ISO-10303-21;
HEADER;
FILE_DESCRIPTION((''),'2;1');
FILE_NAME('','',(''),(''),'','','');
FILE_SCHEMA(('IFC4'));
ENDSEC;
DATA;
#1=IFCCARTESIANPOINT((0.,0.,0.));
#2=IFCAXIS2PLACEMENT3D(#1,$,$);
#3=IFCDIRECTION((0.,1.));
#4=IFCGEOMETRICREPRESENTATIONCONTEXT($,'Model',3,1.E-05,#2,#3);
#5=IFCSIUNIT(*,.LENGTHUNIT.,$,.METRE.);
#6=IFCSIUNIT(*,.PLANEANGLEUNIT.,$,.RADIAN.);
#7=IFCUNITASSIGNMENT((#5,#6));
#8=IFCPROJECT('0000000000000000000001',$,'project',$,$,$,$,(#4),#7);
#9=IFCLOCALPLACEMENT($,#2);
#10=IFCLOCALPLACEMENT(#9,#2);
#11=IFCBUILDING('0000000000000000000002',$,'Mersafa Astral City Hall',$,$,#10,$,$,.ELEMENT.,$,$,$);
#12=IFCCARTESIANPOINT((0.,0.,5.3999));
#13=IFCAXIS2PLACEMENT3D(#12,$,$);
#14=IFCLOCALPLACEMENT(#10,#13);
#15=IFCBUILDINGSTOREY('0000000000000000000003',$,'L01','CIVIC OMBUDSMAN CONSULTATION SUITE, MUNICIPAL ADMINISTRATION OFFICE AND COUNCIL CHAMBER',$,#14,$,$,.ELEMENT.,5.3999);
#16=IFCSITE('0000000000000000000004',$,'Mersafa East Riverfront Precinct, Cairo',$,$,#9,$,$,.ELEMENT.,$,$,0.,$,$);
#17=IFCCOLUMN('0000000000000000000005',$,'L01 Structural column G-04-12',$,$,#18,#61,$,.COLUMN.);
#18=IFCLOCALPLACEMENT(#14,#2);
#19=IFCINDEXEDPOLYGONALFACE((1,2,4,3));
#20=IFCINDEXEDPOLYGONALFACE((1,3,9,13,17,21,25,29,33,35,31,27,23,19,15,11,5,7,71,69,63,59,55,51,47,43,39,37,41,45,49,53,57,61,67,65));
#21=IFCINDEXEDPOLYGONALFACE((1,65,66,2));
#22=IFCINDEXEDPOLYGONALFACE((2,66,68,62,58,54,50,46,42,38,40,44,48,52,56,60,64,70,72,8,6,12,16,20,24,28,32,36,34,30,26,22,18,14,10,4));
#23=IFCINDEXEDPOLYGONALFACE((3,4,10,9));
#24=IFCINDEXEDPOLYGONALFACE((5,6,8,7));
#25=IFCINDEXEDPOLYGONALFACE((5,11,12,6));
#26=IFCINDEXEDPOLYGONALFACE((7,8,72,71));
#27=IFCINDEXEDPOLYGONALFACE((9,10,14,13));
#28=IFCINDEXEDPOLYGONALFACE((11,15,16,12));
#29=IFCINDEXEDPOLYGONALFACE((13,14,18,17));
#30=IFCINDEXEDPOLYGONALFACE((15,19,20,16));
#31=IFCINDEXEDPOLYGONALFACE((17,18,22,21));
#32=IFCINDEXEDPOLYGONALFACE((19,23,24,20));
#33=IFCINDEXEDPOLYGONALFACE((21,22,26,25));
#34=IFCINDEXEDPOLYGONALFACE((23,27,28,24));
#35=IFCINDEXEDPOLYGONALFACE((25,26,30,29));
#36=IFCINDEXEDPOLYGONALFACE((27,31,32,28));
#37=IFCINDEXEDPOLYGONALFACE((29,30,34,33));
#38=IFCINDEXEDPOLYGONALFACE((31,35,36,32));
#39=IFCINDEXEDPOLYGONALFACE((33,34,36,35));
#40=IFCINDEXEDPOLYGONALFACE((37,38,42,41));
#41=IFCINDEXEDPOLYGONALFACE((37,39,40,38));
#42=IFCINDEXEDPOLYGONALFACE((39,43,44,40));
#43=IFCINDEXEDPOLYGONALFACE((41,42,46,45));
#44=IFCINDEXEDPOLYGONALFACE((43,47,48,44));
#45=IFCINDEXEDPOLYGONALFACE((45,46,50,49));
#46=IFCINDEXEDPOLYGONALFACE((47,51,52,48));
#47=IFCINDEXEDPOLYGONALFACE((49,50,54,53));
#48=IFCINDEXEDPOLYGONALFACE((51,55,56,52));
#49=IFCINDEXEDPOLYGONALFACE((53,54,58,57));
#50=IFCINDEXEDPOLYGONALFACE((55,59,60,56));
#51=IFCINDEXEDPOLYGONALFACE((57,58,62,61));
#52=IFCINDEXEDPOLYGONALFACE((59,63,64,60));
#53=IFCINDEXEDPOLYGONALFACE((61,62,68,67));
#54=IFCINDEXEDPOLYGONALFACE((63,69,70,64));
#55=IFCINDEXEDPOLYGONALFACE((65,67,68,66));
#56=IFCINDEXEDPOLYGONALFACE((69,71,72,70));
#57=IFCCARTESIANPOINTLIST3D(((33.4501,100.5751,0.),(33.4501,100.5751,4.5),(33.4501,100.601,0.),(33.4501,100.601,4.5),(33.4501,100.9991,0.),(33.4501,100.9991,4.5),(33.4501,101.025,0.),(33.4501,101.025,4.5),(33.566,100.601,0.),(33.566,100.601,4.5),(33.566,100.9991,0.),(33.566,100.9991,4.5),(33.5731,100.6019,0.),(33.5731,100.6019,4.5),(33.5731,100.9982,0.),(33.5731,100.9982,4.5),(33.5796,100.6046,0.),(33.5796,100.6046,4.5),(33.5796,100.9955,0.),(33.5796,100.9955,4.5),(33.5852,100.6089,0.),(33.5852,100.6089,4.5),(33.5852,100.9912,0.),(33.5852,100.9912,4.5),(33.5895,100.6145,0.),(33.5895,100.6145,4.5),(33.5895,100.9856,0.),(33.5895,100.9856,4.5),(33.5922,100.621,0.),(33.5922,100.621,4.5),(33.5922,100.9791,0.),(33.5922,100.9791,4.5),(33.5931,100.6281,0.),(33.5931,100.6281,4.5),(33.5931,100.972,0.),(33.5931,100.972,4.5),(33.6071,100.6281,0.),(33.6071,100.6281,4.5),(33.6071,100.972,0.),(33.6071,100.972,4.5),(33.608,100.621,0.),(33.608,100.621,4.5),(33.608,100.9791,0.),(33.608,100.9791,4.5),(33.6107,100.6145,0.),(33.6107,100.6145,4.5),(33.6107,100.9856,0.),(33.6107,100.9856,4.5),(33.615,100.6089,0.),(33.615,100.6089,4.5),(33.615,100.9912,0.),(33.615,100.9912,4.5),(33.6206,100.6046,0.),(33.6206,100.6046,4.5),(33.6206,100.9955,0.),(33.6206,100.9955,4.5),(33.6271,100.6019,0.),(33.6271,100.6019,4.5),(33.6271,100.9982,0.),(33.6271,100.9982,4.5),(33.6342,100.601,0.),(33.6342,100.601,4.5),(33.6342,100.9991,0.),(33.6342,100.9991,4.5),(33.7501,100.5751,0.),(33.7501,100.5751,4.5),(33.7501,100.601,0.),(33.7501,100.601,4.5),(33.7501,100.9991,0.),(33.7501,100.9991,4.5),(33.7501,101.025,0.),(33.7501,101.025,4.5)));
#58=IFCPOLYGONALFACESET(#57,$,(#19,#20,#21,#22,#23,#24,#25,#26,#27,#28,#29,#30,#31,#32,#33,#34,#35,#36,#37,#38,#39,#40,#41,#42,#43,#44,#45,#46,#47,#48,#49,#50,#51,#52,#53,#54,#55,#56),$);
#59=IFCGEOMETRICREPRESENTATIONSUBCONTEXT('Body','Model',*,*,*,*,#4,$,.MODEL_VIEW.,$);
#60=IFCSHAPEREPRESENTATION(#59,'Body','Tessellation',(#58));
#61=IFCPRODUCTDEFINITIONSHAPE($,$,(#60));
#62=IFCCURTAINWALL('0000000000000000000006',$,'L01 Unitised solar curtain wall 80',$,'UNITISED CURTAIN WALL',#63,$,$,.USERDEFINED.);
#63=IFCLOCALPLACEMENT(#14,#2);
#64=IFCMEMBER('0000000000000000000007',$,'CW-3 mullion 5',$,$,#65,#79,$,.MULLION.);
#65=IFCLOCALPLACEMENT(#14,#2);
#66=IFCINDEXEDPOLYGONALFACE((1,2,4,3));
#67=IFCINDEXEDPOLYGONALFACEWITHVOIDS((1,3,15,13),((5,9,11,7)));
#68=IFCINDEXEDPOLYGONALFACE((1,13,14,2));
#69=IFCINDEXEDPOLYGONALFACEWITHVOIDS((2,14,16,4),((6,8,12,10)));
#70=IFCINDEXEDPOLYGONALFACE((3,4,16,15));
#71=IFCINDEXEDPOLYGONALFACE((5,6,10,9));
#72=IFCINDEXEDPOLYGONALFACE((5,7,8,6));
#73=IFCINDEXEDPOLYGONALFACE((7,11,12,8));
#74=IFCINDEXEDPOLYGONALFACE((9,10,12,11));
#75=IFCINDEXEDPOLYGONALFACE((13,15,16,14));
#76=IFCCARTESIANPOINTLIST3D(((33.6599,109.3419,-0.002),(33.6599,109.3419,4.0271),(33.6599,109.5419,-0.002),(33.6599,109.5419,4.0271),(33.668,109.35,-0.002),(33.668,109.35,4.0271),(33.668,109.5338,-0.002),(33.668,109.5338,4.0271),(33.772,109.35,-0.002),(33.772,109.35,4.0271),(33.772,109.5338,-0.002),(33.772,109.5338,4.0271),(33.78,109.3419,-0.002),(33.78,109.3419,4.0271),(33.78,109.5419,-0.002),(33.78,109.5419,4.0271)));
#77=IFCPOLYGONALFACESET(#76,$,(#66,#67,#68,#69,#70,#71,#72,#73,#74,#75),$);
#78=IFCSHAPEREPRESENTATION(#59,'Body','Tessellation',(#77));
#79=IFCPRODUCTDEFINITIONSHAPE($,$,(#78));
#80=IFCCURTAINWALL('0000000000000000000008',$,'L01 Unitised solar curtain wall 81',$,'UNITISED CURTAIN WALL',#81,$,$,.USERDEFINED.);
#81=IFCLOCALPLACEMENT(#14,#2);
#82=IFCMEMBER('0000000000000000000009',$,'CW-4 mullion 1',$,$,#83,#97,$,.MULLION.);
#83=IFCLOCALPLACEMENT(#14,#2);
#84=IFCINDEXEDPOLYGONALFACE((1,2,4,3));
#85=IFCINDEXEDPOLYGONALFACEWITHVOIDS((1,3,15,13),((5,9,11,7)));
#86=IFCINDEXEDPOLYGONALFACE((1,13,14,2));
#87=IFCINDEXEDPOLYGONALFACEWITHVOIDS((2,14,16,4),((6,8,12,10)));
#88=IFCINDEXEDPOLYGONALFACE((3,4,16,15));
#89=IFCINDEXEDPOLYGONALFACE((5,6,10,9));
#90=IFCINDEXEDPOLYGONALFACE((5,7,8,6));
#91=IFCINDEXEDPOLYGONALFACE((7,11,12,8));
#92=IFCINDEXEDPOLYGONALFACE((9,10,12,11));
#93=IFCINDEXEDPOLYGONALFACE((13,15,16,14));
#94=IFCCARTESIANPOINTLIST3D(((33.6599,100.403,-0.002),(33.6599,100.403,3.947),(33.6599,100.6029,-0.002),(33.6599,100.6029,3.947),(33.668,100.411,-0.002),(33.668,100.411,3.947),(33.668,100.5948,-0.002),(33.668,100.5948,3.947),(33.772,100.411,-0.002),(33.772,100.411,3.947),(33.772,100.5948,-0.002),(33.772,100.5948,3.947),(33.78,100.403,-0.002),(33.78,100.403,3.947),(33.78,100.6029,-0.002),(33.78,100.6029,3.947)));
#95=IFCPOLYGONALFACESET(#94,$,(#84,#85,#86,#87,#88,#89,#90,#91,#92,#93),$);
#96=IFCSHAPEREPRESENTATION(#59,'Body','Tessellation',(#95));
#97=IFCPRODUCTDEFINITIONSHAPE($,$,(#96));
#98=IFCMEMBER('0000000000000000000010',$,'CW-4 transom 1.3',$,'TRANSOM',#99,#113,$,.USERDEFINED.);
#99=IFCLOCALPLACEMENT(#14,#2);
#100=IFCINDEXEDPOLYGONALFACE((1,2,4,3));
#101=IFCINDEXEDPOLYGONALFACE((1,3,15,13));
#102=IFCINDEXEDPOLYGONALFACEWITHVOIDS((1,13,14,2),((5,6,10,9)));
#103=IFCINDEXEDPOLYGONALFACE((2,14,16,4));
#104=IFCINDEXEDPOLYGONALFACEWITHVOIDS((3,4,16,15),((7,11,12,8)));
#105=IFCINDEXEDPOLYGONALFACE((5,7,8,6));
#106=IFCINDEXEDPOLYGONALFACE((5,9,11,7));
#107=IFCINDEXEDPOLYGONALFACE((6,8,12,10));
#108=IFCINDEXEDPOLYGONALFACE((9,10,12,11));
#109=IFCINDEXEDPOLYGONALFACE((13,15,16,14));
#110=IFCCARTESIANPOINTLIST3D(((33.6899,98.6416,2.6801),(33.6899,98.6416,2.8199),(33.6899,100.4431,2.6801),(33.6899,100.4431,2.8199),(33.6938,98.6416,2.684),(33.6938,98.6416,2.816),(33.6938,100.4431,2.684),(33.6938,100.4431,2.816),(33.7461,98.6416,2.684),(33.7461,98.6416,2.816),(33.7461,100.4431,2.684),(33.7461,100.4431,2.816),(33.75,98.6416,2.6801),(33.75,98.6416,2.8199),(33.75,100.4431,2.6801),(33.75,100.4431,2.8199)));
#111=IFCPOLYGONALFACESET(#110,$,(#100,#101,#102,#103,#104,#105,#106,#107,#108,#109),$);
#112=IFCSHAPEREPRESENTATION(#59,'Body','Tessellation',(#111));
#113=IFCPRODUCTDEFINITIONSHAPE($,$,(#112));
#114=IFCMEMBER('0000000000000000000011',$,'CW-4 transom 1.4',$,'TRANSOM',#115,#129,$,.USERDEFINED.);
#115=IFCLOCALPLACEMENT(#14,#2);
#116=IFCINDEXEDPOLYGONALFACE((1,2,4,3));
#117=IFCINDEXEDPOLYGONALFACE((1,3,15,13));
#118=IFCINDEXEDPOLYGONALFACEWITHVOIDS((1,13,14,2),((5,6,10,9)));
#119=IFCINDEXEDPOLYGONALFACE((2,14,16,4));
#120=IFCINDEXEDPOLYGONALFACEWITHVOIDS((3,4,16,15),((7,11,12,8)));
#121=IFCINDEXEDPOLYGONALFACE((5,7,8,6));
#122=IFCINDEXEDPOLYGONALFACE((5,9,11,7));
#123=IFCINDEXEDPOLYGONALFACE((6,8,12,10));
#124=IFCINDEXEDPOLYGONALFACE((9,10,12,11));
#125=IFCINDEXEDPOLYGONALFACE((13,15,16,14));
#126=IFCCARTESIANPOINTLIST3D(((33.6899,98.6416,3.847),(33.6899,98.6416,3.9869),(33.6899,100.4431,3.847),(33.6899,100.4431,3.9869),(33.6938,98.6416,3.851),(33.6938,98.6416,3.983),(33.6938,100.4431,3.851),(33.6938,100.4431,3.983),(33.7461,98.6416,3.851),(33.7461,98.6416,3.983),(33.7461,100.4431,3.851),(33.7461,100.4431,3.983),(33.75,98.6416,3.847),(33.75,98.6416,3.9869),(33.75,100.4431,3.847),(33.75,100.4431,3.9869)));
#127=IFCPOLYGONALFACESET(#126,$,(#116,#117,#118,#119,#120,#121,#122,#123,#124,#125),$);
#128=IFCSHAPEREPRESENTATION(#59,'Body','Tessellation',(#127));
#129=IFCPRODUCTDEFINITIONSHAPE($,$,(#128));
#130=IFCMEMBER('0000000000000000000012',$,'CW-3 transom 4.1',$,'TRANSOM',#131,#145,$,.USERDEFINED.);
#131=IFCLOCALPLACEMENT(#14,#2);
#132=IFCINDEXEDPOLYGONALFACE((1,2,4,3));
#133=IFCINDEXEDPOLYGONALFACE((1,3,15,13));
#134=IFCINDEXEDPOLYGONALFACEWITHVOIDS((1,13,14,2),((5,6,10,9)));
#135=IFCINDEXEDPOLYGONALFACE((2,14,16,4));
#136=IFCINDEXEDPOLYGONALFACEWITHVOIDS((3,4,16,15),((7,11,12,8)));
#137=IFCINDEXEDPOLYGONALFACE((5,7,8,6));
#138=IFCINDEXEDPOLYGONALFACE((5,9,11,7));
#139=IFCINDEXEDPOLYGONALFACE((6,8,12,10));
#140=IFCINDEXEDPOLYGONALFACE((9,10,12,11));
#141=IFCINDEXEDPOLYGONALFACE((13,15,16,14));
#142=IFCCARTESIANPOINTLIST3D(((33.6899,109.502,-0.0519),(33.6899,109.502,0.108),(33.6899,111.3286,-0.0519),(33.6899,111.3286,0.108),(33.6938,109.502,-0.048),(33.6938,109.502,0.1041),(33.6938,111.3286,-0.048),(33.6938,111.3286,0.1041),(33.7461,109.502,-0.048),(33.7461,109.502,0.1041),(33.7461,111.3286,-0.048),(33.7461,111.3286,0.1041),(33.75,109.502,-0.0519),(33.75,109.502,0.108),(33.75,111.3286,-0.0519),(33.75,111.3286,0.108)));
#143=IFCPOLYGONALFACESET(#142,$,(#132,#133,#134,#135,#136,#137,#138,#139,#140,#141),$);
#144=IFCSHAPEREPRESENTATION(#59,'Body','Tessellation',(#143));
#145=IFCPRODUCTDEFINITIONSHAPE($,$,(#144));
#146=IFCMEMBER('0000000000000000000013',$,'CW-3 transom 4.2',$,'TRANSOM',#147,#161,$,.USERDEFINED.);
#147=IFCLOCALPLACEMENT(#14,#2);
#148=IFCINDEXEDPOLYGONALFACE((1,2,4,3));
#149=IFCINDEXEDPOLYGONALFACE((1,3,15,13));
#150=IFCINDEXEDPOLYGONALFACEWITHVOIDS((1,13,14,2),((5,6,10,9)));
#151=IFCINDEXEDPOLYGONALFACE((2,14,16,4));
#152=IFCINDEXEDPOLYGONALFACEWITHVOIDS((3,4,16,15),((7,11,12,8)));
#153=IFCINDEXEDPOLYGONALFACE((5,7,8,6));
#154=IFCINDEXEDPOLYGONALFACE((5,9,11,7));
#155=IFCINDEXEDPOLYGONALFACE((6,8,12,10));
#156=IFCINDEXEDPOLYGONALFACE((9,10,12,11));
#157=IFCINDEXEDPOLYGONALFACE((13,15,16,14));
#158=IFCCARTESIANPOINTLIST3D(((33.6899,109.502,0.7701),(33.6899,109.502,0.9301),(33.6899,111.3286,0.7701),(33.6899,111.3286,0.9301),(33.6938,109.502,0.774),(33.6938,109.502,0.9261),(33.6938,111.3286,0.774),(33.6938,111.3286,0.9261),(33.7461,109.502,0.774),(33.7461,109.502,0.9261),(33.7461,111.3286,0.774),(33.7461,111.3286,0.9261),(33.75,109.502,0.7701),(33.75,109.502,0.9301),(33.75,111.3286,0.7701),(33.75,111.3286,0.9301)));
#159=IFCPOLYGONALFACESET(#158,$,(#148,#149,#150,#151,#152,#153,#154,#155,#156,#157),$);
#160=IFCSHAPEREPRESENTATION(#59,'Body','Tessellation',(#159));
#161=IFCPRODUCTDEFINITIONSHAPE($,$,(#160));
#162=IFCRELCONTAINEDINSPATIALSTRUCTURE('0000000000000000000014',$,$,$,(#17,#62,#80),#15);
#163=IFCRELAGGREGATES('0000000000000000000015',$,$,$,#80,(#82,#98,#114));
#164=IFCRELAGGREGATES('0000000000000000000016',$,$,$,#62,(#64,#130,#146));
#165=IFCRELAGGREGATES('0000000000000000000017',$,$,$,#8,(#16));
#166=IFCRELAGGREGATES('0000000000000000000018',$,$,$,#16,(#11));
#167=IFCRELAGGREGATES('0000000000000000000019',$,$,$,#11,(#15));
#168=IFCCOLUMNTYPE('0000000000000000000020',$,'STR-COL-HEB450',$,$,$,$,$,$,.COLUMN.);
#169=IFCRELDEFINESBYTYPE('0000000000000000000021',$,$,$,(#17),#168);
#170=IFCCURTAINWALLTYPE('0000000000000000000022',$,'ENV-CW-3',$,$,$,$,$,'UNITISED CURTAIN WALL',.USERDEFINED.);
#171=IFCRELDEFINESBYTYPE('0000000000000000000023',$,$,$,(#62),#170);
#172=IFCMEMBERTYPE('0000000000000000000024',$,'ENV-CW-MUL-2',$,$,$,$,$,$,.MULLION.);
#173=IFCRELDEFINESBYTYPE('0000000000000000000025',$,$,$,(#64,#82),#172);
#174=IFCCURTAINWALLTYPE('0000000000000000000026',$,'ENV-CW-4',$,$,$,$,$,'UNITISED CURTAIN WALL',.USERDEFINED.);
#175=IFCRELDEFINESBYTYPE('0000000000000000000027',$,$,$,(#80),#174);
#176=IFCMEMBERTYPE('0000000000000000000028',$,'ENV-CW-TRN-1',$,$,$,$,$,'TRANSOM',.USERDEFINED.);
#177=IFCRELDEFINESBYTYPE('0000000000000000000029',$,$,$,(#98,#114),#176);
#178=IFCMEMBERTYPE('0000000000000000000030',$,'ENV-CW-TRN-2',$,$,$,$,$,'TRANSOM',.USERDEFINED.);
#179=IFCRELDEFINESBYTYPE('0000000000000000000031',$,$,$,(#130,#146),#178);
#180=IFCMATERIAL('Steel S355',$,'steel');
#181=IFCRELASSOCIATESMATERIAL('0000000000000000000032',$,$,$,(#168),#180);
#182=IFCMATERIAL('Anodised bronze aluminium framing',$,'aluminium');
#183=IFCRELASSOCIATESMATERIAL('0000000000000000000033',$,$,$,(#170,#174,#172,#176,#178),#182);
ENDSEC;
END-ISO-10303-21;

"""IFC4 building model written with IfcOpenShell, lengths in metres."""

from ifc_helpers import new_model, si_unit, direction, frame, origin, origin_2d, place, context, subcontext, project, spatial, hollow_rectangle, i_section, extrude, material, material_profile, profile_set, type_object, element, aggregate, save


model = new_model("IFC4")

# Units and contexts
model_context = context("Model", 3, precision=1e-05, world=origin(), true_north=direction((0.0, 1.0)))
body_context = subcontext(model_context, "Body", "Model", "MODEL_VIEW")
ifc_project = project(units=[si_unit("LENGTHUNIT", "METRE"), si_unit("PLANEANGLEUNIT", "RADIAN")], contexts=[model_context])

# Site, building, storey
site_placement = place(None, origin())
site = spatial("IfcSite", under=ifc_project, at=site_placement, Name="Mersafa East Riverfront Precinct, Cairo", CompositionType="ELEMENT", RefElevation=0.0)
building_placement = place(site_placement, origin())
building = spatial("IfcBuilding", under=site, at=building_placement, Name="Mersafa Astral City Hall", CompositionType="ELEMENT")
storey_placement = place(building_placement, frame((0.0, 0.0, 5.3999)))
storey = spatial("IfcBuildingStorey", under=building, at=storey_placement, Name="L01", Description="CIVIC OMBUDSMAN CONSULTATION SUITE, MUNICIPAL ADMINISTRATION OFFICE AND COUNCIL CHAMBER", CompositionType="ELEMENT", Elevation=5.3999)

# Column
ifc_material_1 = material(Name="Steel S355", Category="steel")
ifc_material_profile_1 = material_profile(ifc_material_1, i_section(OverallWidth=0.3, OverallDepth=0.45, WebThickness=0.0139, FlangeThickness=0.0259, FilletRadius=0.0271, at=origin_2d()), Name="HEB 450")
ifc_profile_set_1 = profile_set([ifc_material_profile_1], Name="Steel S355")
column_type_1 = type_object("IfcColumnType", Name="STR-COL-HEB450", PredefinedType="COLUMN", material=ifc_profile_set_1)
for number, where, z_axis, x_axis, name in (
    (1, (33.6001, 100.8, 0.0), (0.0, 0.0, 1.0), (1.0, 0.0, 0.0), "L01 Structural column G-04-12"),
):
    element("IfcColumn", number, at=place(storey_placement, frame(where, z_axis=z_axis, x_axis=x_axis)), inside=storey, type_object=column_type_1, Name=name, PredefinedType="COLUMN", context=body_context, shape_type="SweptSolid", body=[
        extrude(i_section(OverallWidth=0.3, OverallDepth=0.45, WebThickness=0.0139, FlangeThickness=0.0259, FilletRadius=0.0271, at=origin_2d()), origin(), (0.0, 0.0, 1.0), 4.5),
    ])

# Curtain wall, member
ifc_material_2 = material(Name="Anodised bronze aluminium framing", Category="aluminium")
curtain_wall_type_1 = type_object("IfcCurtainWallType", Name="ENV-CW-3", ElementType="UNITISED CURTAIN WALL", PredefinedType="USERDEFINED", material=ifc_material_2)
curtain_wall_1_placement = place(storey_placement, origin())
curtain_wall_1 = element("IfcCurtainWall", 2, at=curtain_wall_1_placement, inside=storey, type_object=curtain_wall_type_1, Name="L01 Unitised solar curtain wall 80", ObjectType="UNITISED CURTAIN WALL", PredefinedType="USERDEFINED")
ifc_material_profile_2 = material_profile(ifc_material_2, hollow_rectangle(XDim=0.1201, YDim=0.2, WallThickness=0.0081, at=origin_2d()), Name="RHS 120x200x8")
ifc_profile_set_2 = profile_set([ifc_material_profile_2], Name="Anodised bronze aluminium framing")
member_type_1 = type_object("IfcMemberType", Name="ENV-CW-MUL-2", PredefinedType="MULLION", material=ifc_profile_set_2)
member_1_placement = place(storey_placement, frame((33.72, 109.4419, -0.002), z_axis=(0.0, 0.0, 1.0), x_axis=(1.0, 0.0, 0.0)))
member_1 = element("IfcMember", 3, at=member_1_placement, type_object=member_type_1, Name="CW-3 mullion 5", PredefinedType="MULLION", context=body_context, shape_type="SweptSolid", body=[
    extrude(hollow_rectangle(XDim=0.1201, YDim=0.2, WallThickness=0.0081, at=origin_2d()), origin(), (0.0, 0.0, 1.0), 4.0291),
])

# Curtain wall, members
curtain_wall_type_2 = type_object("IfcCurtainWallType", Name="ENV-CW-4", ElementType="UNITISED CURTAIN WALL", PredefinedType="USERDEFINED", material=ifc_material_2)
curtain_wall_2_placement = place(storey_placement, origin())
curtain_wall_2 = element("IfcCurtainWall", 4, at=curtain_wall_2_placement, inside=storey, type_object=curtain_wall_type_2, Name="L01 Unitised solar curtain wall 81", ObjectType="UNITISED CURTAIN WALL", PredefinedType="USERDEFINED")
member_2_placement = place(storey_placement, frame((33.72, 100.5029, -0.002), z_axis=(0.0, 0.0, 1.0), x_axis=(1.0, 0.0, 0.0)))
member_2 = element("IfcMember", 5, at=member_2_placement, type_object=member_type_1, Name="CW-4 mullion 1", PredefinedType="MULLION", context=body_context, shape_type="SweptSolid", body=[
    extrude(hollow_rectangle(XDim=0.1201, YDim=0.2, WallThickness=0.0081, at=origin_2d()), origin(), (0.0, 0.0, 1.0), 3.949),
])
ifc_material_profile_3 = material_profile(ifc_material_2, hollow_rectangle(XDim=0.0601, YDim=0.1399, WallThickness=0.0039, at=origin_2d()), Name="RHS 60x140x4")
ifc_profile_set_3 = profile_set([ifc_material_profile_3], Name="Anodised bronze aluminium framing")
member_type_2 = type_object("IfcMemberType", Name="ENV-CW-TRN-1", ElementType="TRANSOM", PredefinedType="USERDEFINED", material=ifc_profile_set_3)
member_3_placement = place(storey_placement, frame((33.72, 100.4431, 2.75), z_axis=(0.0, -1.0, 0.0), x_axis=(1.0, 0.0, 0.0)))
member_3 = element("IfcMember", 6, at=member_3_placement, type_object=member_type_2, Name="CW-4 transom 1.3", ObjectType="TRANSOM", PredefinedType="USERDEFINED", context=body_context, shape_type="SweptSolid", body=[
    extrude(hollow_rectangle(XDim=0.0601, YDim=0.1399, WallThickness=0.0039, at=origin_2d()), origin(), (0.0, 0.0, 1.0), 1.8015),
])
member_4_placement = place(storey_placement, frame((33.72, 100.4431, 3.917), z_axis=(0.0, -1.0, 0.0), x_axis=(1.0, 0.0, 0.0)))
member_4 = element("IfcMember", 7, at=member_4_placement, type_object=member_type_2, Name="CW-4 transom 1.4", ObjectType="TRANSOM", PredefinedType="USERDEFINED", context=body_context, shape_type="SweptSolid", body=[
    extrude(hollow_rectangle(XDim=0.0601, YDim=0.1399, WallThickness=0.0039, at=origin_2d()), origin(), (0.0, 0.0, 1.0), 1.8015),
])
aggregate(curtain_wall_2, [member_2, member_3, member_4])

# Members
ifc_material_profile_4 = material_profile(ifc_material_2, hollow_rectangle(XDim=0.0601, YDim=0.1599, WallThickness=0.0039, at=origin_2d()), Name="RHS 60x160x4")
ifc_profile_set_4 = profile_set([ifc_material_profile_4], Name="Anodised bronze aluminium framing")
member_type_3 = type_object("IfcMemberType", Name="ENV-CW-TRN-2", ElementType="TRANSOM", PredefinedType="USERDEFINED", material=ifc_profile_set_4)
member_5_placement = place(storey_placement, frame((33.72, 111.3286, 0.0281), z_axis=(0.0, -1.0, 0.0), x_axis=(1.0, 0.0, 0.0)))
member_5 = element("IfcMember", 8, at=member_5_placement, type_object=member_type_3, Name="CW-3 transom 4.1", ObjectType="TRANSOM", PredefinedType="USERDEFINED", context=body_context, shape_type="SweptSolid", body=[
    extrude(hollow_rectangle(XDim=0.0601, YDim=0.1599, WallThickness=0.0039, at=origin_2d()), origin(), (0.0, 0.0, 1.0), 1.8267),
])
member_6_placement = place(storey_placement, frame((33.72, 111.3286, 0.8501), z_axis=(0.0, -1.0, 0.0), x_axis=(1.0, 0.0, 0.0)))
member_6 = element("IfcMember", 9, at=member_6_placement, type_object=member_type_3, Name="CW-3 transom 4.2", ObjectType="TRANSOM", PredefinedType="USERDEFINED", context=body_context, shape_type="SweptSolid", body=[
    extrude(hollow_rectangle(XDim=0.0601, YDim=0.1599, WallThickness=0.0039, at=origin_2d()), origin(), (0.0, 0.0, 1.0), 1.8267),
])

aggregate(curtain_wall_1, [member_1, member_5, member_6])

save(model, "model.ifc")
